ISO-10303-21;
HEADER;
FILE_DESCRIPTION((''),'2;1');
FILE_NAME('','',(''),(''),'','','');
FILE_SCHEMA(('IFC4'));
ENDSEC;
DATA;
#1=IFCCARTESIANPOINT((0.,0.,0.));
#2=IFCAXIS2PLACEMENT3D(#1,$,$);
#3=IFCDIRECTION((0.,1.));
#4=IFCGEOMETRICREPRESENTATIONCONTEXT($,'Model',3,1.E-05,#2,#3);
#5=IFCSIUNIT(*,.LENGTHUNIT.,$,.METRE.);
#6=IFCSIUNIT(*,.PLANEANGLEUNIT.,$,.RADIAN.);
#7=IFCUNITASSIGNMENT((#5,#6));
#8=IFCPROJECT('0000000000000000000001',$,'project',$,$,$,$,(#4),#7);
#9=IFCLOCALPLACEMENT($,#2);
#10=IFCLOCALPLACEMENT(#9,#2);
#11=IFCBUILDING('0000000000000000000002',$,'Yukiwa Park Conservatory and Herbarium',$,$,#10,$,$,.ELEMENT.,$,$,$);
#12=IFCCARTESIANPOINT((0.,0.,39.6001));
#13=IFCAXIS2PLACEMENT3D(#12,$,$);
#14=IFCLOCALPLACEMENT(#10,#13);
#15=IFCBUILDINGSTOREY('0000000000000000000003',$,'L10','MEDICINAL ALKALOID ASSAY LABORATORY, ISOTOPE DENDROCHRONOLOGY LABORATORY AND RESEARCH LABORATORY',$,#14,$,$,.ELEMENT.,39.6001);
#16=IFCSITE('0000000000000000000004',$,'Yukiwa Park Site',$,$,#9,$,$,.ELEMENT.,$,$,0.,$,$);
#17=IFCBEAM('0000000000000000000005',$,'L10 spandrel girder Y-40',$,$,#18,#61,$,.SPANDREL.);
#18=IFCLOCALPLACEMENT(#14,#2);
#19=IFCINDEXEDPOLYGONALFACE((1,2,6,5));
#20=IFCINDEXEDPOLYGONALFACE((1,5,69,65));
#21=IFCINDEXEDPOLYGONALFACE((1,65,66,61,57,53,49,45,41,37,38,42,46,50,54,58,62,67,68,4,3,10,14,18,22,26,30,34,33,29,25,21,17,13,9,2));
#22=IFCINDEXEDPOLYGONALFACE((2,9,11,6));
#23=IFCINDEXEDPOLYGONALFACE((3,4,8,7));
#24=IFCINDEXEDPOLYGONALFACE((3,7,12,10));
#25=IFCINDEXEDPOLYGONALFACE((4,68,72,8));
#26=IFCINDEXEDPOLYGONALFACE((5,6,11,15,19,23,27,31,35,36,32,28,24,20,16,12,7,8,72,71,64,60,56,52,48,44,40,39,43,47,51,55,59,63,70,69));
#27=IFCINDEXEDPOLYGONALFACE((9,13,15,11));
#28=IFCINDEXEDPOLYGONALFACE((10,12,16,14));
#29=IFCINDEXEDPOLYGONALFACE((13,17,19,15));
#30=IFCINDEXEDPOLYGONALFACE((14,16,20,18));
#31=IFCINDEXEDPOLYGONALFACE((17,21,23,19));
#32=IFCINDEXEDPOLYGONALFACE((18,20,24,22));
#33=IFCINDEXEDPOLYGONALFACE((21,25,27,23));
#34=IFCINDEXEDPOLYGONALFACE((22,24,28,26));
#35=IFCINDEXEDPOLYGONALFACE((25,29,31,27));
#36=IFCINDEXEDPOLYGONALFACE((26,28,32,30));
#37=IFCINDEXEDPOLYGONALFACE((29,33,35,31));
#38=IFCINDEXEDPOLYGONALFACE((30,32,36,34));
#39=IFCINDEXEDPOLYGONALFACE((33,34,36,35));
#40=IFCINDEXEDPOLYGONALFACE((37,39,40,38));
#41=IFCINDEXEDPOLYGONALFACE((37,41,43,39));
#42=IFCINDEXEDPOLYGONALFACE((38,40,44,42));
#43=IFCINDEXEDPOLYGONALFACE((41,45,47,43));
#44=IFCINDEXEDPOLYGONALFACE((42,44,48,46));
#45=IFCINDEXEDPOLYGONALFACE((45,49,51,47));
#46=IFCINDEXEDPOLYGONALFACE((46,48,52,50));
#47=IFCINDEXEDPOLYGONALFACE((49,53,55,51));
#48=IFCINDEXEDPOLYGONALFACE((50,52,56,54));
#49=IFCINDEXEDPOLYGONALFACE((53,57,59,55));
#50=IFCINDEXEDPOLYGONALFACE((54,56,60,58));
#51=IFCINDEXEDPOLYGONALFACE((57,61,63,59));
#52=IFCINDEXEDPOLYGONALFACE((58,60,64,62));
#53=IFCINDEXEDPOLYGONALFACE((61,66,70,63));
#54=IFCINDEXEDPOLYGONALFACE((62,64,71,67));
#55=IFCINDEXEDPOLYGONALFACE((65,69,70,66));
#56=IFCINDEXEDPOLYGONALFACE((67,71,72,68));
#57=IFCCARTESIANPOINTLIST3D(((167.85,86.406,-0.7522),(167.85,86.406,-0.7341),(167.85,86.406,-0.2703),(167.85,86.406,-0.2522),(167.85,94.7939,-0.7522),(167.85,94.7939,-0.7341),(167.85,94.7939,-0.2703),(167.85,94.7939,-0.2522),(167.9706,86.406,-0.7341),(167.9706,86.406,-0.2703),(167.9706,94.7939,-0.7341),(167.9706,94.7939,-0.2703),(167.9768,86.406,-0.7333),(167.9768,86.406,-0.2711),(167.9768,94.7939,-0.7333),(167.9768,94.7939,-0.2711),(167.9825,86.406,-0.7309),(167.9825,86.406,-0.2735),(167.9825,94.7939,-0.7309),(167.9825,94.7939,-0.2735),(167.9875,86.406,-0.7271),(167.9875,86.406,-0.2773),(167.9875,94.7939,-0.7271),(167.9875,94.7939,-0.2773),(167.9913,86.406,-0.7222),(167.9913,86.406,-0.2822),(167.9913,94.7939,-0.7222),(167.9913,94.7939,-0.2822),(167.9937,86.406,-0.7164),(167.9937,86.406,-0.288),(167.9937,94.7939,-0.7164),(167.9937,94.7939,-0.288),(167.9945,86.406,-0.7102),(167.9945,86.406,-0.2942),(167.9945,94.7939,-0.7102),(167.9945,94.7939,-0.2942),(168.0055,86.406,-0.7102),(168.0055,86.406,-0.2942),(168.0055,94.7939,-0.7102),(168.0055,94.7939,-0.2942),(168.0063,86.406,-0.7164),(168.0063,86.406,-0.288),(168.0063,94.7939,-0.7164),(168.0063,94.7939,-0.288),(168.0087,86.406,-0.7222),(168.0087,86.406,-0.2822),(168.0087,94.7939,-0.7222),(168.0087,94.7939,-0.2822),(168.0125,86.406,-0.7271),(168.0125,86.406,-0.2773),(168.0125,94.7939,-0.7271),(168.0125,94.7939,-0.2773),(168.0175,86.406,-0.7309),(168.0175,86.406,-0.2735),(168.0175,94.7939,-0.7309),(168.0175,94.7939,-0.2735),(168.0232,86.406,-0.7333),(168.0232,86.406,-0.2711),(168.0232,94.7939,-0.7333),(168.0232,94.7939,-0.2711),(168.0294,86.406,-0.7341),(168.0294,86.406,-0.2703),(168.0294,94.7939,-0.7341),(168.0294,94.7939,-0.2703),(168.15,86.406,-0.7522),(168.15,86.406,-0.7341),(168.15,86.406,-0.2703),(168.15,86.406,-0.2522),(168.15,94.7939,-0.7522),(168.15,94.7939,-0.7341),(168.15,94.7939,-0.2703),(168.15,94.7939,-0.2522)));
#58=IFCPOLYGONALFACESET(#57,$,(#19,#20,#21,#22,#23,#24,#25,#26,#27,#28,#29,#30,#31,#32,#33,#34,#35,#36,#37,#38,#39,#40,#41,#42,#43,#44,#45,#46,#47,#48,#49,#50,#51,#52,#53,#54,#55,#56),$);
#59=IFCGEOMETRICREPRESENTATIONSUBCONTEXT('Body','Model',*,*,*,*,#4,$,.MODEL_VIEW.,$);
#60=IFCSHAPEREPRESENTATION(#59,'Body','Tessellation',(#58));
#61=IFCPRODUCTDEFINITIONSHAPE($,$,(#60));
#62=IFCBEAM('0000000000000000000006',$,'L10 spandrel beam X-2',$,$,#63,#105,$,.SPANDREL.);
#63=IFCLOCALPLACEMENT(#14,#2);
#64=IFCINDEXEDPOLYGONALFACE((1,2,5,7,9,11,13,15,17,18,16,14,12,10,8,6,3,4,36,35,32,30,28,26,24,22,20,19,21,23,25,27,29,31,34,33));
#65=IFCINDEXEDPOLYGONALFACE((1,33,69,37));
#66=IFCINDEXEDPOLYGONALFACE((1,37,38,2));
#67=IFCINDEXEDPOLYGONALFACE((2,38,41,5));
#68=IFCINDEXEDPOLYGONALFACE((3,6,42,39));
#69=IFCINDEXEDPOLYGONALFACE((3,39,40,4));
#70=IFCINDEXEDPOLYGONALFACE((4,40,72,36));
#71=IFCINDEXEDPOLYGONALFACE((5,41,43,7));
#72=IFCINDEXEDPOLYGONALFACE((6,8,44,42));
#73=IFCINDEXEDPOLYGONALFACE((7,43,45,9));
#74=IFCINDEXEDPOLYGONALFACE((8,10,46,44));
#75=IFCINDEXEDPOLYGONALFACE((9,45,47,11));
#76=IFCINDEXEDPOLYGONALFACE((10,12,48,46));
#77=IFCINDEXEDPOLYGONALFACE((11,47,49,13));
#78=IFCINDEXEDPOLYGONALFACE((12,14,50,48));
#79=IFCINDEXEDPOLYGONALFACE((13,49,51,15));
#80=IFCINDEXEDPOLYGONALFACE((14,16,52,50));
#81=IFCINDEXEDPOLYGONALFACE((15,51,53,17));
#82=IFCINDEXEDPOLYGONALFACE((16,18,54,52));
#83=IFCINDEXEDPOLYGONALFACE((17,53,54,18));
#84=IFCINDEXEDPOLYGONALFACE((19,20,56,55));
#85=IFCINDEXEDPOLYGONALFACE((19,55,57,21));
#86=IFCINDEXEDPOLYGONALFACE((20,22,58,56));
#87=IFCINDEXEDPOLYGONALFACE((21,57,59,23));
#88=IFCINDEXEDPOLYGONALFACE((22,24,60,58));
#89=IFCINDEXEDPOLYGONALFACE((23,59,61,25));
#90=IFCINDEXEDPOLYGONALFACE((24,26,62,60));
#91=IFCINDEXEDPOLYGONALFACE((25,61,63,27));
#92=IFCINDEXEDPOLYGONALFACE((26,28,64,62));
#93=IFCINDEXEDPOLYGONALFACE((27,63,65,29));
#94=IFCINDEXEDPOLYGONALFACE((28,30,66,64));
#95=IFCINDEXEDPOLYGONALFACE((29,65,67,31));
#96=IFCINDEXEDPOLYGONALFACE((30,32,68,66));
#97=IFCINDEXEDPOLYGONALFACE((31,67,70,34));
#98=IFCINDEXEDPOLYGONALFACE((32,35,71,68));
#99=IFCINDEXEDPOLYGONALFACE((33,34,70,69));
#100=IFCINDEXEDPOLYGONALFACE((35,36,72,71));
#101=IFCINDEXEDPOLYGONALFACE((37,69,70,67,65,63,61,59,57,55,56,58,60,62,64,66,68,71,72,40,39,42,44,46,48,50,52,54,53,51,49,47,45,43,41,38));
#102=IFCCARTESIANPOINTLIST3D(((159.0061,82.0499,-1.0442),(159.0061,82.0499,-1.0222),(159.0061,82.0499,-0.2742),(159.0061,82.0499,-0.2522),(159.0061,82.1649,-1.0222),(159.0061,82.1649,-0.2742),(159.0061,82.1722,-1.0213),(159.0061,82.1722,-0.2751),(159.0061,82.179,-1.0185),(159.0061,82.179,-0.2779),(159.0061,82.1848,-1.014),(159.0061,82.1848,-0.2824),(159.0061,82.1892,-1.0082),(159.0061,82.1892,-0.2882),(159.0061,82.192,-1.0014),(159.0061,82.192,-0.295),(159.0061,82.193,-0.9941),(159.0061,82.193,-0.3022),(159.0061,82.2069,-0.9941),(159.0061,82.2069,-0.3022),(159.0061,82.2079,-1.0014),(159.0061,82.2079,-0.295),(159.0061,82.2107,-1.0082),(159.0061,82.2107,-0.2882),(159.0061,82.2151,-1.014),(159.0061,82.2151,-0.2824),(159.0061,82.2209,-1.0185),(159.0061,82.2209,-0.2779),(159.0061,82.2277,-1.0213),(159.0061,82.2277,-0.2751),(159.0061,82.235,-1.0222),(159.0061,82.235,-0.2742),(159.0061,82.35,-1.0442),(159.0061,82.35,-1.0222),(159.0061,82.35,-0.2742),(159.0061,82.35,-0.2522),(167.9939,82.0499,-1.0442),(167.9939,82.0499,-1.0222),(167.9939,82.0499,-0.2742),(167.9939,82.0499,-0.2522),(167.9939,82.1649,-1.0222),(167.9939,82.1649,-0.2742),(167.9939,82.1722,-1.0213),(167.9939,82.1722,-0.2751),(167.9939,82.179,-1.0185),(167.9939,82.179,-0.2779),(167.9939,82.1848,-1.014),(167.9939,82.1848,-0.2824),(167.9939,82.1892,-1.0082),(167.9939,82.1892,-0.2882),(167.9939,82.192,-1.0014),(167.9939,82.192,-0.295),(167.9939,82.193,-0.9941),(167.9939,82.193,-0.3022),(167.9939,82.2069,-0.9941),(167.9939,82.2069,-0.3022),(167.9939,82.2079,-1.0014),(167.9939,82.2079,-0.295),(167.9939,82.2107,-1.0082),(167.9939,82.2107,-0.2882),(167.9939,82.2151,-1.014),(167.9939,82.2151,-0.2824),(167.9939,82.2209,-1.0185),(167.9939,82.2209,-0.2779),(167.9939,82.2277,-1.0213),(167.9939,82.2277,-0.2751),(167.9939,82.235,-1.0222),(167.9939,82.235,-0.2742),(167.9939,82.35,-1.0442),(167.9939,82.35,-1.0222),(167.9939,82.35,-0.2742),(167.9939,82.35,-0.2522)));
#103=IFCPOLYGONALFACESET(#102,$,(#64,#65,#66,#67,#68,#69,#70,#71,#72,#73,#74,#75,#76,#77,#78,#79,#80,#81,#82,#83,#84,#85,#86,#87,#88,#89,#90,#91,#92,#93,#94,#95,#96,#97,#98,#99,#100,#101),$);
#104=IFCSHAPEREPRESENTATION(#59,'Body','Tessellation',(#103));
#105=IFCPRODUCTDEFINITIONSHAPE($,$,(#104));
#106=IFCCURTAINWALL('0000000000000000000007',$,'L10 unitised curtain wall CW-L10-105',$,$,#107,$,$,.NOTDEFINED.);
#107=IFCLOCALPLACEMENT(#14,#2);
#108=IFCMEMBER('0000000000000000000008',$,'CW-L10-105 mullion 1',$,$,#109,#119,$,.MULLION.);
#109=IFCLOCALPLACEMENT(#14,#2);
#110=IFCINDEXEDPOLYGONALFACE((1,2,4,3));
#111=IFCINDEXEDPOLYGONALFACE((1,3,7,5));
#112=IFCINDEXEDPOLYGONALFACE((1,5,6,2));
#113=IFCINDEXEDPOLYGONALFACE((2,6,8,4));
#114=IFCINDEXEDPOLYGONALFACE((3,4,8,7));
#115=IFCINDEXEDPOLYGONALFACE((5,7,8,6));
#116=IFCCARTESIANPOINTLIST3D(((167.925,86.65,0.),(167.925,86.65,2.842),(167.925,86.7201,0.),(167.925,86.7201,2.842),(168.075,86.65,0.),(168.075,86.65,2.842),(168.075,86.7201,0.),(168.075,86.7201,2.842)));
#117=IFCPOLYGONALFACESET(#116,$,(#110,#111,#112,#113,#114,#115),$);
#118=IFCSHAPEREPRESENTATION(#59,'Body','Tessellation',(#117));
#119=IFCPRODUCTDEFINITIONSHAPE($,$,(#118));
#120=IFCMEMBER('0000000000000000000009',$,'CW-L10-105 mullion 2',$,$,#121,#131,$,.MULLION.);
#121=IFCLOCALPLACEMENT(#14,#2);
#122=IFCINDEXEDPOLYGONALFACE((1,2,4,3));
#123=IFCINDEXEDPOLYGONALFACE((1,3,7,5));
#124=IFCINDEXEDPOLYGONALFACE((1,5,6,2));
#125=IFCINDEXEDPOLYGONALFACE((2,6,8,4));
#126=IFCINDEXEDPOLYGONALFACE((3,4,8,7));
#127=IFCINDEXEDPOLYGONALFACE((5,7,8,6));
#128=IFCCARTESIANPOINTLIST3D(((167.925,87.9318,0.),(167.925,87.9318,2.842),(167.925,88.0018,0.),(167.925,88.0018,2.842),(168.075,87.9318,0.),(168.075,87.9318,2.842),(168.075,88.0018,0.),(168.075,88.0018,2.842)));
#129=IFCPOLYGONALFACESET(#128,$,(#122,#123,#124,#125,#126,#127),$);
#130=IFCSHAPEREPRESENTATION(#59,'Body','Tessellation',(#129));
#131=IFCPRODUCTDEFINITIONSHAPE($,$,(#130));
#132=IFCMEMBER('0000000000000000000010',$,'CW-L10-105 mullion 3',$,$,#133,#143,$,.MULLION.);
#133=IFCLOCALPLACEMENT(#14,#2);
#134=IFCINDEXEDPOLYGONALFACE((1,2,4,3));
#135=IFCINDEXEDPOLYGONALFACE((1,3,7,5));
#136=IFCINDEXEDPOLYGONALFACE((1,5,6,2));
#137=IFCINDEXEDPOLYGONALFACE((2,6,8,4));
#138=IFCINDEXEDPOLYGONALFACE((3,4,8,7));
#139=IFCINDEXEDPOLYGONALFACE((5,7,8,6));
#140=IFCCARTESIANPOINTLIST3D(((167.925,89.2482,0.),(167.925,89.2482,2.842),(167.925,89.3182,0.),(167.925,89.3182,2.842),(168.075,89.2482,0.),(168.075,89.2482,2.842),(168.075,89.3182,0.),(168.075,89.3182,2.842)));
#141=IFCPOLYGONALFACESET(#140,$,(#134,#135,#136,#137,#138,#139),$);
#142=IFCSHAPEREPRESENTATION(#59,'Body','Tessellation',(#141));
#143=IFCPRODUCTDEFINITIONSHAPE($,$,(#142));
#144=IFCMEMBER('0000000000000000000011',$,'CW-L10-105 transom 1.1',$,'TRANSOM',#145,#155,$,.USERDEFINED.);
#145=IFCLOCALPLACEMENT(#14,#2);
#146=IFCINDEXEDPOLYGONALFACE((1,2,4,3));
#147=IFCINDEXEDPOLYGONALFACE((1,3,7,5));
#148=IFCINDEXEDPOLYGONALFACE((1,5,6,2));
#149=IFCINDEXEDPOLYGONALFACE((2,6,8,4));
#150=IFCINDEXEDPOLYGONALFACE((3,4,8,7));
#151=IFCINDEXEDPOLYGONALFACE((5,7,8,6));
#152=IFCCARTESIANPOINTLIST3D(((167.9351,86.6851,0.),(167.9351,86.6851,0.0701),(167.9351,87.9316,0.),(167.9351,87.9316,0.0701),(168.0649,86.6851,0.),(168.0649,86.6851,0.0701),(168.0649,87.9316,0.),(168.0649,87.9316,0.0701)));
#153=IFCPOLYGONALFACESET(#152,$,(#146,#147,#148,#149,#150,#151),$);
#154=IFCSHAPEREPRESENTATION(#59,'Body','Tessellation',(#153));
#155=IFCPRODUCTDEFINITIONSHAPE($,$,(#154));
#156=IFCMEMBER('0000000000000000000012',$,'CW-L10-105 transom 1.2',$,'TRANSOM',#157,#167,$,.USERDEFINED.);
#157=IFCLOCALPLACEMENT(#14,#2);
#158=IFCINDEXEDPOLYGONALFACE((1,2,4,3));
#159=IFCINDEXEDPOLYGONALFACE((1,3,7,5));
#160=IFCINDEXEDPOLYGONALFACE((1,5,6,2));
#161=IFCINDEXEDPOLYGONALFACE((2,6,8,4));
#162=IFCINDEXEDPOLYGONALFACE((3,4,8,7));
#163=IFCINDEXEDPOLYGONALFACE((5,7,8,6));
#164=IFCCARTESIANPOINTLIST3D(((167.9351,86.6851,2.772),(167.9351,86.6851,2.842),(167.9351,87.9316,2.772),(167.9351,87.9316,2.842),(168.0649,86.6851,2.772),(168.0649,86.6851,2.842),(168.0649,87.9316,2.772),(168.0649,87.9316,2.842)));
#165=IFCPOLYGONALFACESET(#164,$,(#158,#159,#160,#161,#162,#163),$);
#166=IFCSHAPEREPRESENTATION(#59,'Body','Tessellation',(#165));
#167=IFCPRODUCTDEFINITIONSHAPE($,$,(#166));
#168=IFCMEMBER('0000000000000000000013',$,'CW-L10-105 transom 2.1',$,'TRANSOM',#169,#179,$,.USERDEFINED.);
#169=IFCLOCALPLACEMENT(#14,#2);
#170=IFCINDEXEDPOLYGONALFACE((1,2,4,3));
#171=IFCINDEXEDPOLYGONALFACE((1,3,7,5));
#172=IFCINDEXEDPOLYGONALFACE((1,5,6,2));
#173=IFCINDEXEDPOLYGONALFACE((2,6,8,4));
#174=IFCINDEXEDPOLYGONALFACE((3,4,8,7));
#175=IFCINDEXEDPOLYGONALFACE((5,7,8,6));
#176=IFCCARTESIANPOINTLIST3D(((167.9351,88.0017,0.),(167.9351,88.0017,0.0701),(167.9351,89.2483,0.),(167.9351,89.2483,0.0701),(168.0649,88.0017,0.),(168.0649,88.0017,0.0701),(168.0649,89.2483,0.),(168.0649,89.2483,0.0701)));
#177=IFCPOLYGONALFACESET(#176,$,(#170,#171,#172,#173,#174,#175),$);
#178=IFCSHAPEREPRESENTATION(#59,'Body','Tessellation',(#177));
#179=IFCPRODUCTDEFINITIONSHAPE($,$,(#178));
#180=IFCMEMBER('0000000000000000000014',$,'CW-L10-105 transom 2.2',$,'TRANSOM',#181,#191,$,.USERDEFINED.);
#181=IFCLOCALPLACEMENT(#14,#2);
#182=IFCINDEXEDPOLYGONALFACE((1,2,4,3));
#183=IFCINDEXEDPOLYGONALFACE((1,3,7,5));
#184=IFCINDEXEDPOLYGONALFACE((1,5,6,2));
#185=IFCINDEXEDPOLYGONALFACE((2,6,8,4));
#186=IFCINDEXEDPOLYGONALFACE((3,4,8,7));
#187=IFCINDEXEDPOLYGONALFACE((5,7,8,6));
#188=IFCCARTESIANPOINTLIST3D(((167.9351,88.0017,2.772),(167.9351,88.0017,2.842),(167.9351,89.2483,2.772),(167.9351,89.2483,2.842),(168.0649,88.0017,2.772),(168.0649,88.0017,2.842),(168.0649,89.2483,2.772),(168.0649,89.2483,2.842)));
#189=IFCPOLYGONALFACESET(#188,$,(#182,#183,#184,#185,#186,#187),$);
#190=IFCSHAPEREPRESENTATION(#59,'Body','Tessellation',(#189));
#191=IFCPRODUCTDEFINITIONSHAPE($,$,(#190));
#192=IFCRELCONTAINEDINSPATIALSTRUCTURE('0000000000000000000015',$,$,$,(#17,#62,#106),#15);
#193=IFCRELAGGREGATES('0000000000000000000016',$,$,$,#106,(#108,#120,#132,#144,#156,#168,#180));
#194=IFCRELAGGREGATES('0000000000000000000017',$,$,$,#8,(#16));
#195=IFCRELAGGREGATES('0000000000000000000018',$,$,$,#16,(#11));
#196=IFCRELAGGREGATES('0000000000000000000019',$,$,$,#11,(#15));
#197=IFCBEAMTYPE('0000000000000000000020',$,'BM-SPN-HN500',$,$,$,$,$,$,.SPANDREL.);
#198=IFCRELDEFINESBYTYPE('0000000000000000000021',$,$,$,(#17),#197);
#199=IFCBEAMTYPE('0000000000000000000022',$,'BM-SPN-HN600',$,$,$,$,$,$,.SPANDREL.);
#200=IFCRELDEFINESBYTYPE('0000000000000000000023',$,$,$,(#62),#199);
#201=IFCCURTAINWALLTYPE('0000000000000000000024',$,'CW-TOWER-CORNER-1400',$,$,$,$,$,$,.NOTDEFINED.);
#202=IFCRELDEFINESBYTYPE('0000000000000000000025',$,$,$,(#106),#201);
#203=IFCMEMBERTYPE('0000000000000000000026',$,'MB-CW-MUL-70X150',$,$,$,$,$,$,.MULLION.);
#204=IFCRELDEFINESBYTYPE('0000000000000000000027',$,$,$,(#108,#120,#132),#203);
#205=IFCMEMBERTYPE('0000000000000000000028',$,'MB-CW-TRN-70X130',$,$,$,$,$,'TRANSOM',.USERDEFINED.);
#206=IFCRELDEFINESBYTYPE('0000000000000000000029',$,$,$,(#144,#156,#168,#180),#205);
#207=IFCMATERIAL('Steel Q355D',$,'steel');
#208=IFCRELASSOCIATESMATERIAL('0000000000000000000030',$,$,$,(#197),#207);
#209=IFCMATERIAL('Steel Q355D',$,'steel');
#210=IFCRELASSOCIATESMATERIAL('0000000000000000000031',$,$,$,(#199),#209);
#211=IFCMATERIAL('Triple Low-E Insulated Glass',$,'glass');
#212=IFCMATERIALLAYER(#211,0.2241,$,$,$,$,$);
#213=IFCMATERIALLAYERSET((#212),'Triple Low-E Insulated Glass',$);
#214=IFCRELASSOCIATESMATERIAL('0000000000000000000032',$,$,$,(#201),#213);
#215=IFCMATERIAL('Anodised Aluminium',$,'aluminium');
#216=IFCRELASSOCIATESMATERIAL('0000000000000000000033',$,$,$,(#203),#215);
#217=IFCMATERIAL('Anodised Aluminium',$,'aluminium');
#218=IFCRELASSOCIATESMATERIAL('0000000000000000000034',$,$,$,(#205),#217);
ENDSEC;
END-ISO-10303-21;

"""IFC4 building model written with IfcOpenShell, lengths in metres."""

from ifc_helpers import new_model, si_unit, direction, frame, origin, origin_2d, place, context, subcontext, project, spatial, rectangle, i_section, extrude, material, layer, layer_set, material_profile, profile_set, type_object, element, aggregate, save


model = new_model("IFC4")

# Units and contexts
model_context = context("Model", 3, precision=1e-05, world=origin(), true_north=direction((0.0, 1.0)))
body_context = subcontext(model_context, "Body", "Model", "MODEL_VIEW")
ifc_project = project(units=[si_unit("LENGTHUNIT", "METRE"), si_unit("PLANEANGLEUNIT", "RADIAN")], contexts=[model_context])

# Site, building, storey
site_placement = place(None, origin())
site = spatial("IfcSite", under=ifc_project, at=site_placement, Name="Yukiwa Park Site", CompositionType="ELEMENT", RefElevation=0.0)
building_placement = place(site_placement, origin())
building = spatial("IfcBuilding", under=site, at=building_placement, Name="Yukiwa Park Conservatory and Herbarium", CompositionType="ELEMENT")
storey_placement = place(building_placement, frame((0.0, 0.0, 39.6001)))
storey = spatial("IfcBuildingStorey", under=building, at=storey_placement, Name="L10", Description="MEDICINAL ALKALOID ASSAY LABORATORY, ISOTOPE DENDROCHRONOLOGY LABORATORY AND RESEARCH LABORATORY", CompositionType="ELEMENT", Elevation=39.6001)

# Beams
ifc_material_1 = material(Name="Steel Q355D", Category="steel")
ifc_material_profile_1 = material_profile(ifc_material_1, i_section(OverallWidth=0.3, OverallDepth=0.5, WebThickness=0.011, FlangeThickness=0.0181, FilletRadius=0.0239, at=origin_2d()), Name="HM 500x300x11x18")
ifc_profile_set_1 = profile_set([ifc_material_profile_1], Name="Steel Q355D")
beam_type_1 = type_object("IfcBeamType", Name="BM-SPN-HN500", PredefinedType="SPANDREL", material=ifc_profile_set_1)
beam_1_placement = place(storey_placement, frame((168.0, 86.406, -0.5022), z_axis=(0.0, 1.0, 0.0), x_axis=(-1.0, 0.0, 0.0)))
element("IfcBeam", 1, at=beam_1_placement, inside=storey, type_object=beam_type_1, Name="L10 spandrel girder Y-40", PredefinedType="SPANDREL", context=body_context, shape_type="SweptSolid", body=[
    extrude(i_section(OverallWidth=0.3, OverallDepth=0.5, WebThickness=0.011, FlangeThickness=0.0181, FilletRadius=0.0239, at=origin_2d()), origin(), (0.0, 0.0, 1.0), 8.3879),
])
ifc_material_2 = material(Name="Steel Q355D", Category="steel")
ifc_material_profile_2 = material_profile(ifc_material_2, i_section(OverallWidth=0.3, OverallDepth=0.792, WebThickness=0.0139, FlangeThickness=0.022, FilletRadius=0.0281, at=origin_2d()), Name="HN 792x300x14x22")
ifc_profile_set_2 = profile_set([ifc_material_profile_2], Name="Steel Q355D")
beam_type_2 = type_object("IfcBeamType", Name="BM-SPN-HN600", PredefinedType="SPANDREL", material=ifc_profile_set_2)
beam_2_placement = place(storey_placement, frame((159.0061, 82.2, -0.6482), z_axis=(1.0, 0.0, 0.0), x_axis=(0.0, 1.0, 0.0)))
element("IfcBeam", 2, at=beam_2_placement, inside=storey, type_object=beam_type_2, Name="L10 spandrel beam X-2", PredefinedType="SPANDREL", context=body_context, shape_type="SweptSolid", body=[
    extrude(i_section(OverallWidth=0.3, OverallDepth=0.792, WebThickness=0.0139, FlangeThickness=0.022, FilletRadius=0.0281, at=origin_2d()), origin(), (0.0, 0.0, 1.0), 8.9878),
])

# Curtain wall, members
ifc_material_3 = material(Name="Triple Low-E Insulated Glass", Category="glass")
ifc_layer_1 = layer(ifc_material_3, 0.2241)
ifc_layer_set_1 = layer_set([ifc_layer_1], Name="Triple Low-E Insulated Glass")
curtain_wall_type = type_object("IfcCurtainWallType", Name="CW-TOWER-CORNER-1400", PredefinedType="NOTDEFINED", material=ifc_layer_set_1)
curtain_wall_placement = place(storey_placement, origin())
curtain_wall = element("IfcCurtainWall", 3, at=curtain_wall_placement, inside=storey, type_object=curtain_wall_type, Name="L10 unitised curtain wall CW-L10-105", PredefinedType="NOTDEFINED")
ifc_material_4 = material(Name="Anodised Aluminium", Category="aluminium")
member_type_1 = type_object("IfcMemberType", Name="MB-CW-MUL-70X150", PredefinedType="MULLION", material=ifc_material_4)
member_1_placement = place(storey_placement, frame((168.0, 86.6851, 0.0), z_axis=(0.0, 0.0, 1.0), x_axis=(0.0, 1.0, 0.0)))
member_1 = element("IfcMember", 4, at=member_1_placement, type_object=member_type_1, Name="CW-L10-105 mullion 1", PredefinedType="MULLION", context=body_context, shape_type="SweptSolid", body=[
    extrude(rectangle(XDim=0.0701, YDim=0.1499, at=origin_2d()), origin(), (0.0, 0.0, 1.0), 2.842),
])
member_2_placement = place(storey_placement, frame((168.0, 87.9668, 0.0), z_axis=(0.0, 0.0, 1.0), x_axis=(0.0, 1.0, 0.0)))
member_2 = element("IfcMember", 5, at=member_2_placement, type_object=member_type_1, Name="CW-L10-105 mullion 2", PredefinedType="MULLION", context=body_context, shape_type="SweptSolid", body=[
    extrude(rectangle(XDim=0.0701, YDim=0.1499, at=origin_2d()), origin(), (0.0, 0.0, 1.0), 2.842),
])
member_3_placement = place(storey_placement, frame((168.0, 89.2832, 0.0), z_axis=(0.0, 0.0, 1.0), x_axis=(0.0, 1.0, 0.0)))
member_3 = element("IfcMember", 6, at=member_3_placement, type_object=member_type_1, Name="CW-L10-105 mullion 3", PredefinedType="MULLION", context=body_context, shape_type="SweptSolid", body=[
    extrude(rectangle(XDim=0.0701, YDim=0.1499, at=origin_2d()), origin(), (0.0, 0.0, 1.0), 2.842),
])
ifc_material_5 = material(Name="Anodised Aluminium", Category="aluminium")
member_type_2 = type_object("IfcMemberType", Name="MB-CW-TRN-70X130", ElementType="TRANSOM", PredefinedType="USERDEFINED", material=ifc_material_5)
member_4_placement = place(storey_placement, frame((168.0, 87.3083, 0.0), z_axis=(0.0, 0.0, 1.0), x_axis=(0.0, 1.0, 0.0)))
member_4 = element("IfcMember", 7, at=member_4_placement, type_object=member_type_2, Name="CW-L10-105 transom 1.1", ObjectType="TRANSOM", PredefinedType="USERDEFINED", context=body_context, shape_type="SweptSolid", body=[
    extrude(rectangle(XDim=1.2466, YDim=0.1299, at=origin_2d()), origin(), (0.0, 0.0, 1.0), 0.0701),
])
member_5_placement = place(storey_placement, frame((168.0, 87.3083, 2.772), z_axis=(0.0, 0.0, 1.0), x_axis=(0.0, 1.0, 0.0)))
member_5 = element("IfcMember", 8, at=member_5_placement, type_object=member_type_2, Name="CW-L10-105 transom 1.2", ObjectType="TRANSOM", PredefinedType="USERDEFINED", context=body_context, shape_type="SweptSolid", body=[
    extrude(rectangle(XDim=1.2466, YDim=0.1299, at=origin_2d()), origin(), (0.0, 0.0, 1.0), 0.0701),
])
member_6_placement = place(storey_placement, frame((168.0, 88.625, 0.0), z_axis=(0.0, 0.0, 1.0), x_axis=(0.0, 1.0, 0.0)))
member_6 = element("IfcMember", 9, at=member_6_placement, type_object=member_type_2, Name="CW-L10-105 transom 2.1", ObjectType="TRANSOM", PredefinedType="USERDEFINED", context=body_context, shape_type="SweptSolid", body=[
    extrude(rectangle(XDim=1.2466, YDim=0.1299, at=origin_2d()), origin(), (0.0, 0.0, 1.0), 0.0701),
])
member_7_placement = place(storey_placement, frame((168.0, 88.625, 2.772), z_axis=(0.0, 0.0, 1.0), x_axis=(0.0, 1.0, 0.0)))
member_7 = element("IfcMember", 10, at=member_7_placement, type_object=member_type_2, Name="CW-L10-105 transom 2.2", ObjectType="TRANSOM", PredefinedType="USERDEFINED", context=body_context, shape_type="SweptSolid", body=[
    extrude(rectangle(XDim=1.2466, YDim=0.1299, at=origin_2d()), origin(), (0.0, 0.0, 1.0), 0.0701),
])
aggregate(curtain_wall, [member_1, member_2, member_3, member_4, member_5, member_6, member_7])

save(model, "model.ifc")
